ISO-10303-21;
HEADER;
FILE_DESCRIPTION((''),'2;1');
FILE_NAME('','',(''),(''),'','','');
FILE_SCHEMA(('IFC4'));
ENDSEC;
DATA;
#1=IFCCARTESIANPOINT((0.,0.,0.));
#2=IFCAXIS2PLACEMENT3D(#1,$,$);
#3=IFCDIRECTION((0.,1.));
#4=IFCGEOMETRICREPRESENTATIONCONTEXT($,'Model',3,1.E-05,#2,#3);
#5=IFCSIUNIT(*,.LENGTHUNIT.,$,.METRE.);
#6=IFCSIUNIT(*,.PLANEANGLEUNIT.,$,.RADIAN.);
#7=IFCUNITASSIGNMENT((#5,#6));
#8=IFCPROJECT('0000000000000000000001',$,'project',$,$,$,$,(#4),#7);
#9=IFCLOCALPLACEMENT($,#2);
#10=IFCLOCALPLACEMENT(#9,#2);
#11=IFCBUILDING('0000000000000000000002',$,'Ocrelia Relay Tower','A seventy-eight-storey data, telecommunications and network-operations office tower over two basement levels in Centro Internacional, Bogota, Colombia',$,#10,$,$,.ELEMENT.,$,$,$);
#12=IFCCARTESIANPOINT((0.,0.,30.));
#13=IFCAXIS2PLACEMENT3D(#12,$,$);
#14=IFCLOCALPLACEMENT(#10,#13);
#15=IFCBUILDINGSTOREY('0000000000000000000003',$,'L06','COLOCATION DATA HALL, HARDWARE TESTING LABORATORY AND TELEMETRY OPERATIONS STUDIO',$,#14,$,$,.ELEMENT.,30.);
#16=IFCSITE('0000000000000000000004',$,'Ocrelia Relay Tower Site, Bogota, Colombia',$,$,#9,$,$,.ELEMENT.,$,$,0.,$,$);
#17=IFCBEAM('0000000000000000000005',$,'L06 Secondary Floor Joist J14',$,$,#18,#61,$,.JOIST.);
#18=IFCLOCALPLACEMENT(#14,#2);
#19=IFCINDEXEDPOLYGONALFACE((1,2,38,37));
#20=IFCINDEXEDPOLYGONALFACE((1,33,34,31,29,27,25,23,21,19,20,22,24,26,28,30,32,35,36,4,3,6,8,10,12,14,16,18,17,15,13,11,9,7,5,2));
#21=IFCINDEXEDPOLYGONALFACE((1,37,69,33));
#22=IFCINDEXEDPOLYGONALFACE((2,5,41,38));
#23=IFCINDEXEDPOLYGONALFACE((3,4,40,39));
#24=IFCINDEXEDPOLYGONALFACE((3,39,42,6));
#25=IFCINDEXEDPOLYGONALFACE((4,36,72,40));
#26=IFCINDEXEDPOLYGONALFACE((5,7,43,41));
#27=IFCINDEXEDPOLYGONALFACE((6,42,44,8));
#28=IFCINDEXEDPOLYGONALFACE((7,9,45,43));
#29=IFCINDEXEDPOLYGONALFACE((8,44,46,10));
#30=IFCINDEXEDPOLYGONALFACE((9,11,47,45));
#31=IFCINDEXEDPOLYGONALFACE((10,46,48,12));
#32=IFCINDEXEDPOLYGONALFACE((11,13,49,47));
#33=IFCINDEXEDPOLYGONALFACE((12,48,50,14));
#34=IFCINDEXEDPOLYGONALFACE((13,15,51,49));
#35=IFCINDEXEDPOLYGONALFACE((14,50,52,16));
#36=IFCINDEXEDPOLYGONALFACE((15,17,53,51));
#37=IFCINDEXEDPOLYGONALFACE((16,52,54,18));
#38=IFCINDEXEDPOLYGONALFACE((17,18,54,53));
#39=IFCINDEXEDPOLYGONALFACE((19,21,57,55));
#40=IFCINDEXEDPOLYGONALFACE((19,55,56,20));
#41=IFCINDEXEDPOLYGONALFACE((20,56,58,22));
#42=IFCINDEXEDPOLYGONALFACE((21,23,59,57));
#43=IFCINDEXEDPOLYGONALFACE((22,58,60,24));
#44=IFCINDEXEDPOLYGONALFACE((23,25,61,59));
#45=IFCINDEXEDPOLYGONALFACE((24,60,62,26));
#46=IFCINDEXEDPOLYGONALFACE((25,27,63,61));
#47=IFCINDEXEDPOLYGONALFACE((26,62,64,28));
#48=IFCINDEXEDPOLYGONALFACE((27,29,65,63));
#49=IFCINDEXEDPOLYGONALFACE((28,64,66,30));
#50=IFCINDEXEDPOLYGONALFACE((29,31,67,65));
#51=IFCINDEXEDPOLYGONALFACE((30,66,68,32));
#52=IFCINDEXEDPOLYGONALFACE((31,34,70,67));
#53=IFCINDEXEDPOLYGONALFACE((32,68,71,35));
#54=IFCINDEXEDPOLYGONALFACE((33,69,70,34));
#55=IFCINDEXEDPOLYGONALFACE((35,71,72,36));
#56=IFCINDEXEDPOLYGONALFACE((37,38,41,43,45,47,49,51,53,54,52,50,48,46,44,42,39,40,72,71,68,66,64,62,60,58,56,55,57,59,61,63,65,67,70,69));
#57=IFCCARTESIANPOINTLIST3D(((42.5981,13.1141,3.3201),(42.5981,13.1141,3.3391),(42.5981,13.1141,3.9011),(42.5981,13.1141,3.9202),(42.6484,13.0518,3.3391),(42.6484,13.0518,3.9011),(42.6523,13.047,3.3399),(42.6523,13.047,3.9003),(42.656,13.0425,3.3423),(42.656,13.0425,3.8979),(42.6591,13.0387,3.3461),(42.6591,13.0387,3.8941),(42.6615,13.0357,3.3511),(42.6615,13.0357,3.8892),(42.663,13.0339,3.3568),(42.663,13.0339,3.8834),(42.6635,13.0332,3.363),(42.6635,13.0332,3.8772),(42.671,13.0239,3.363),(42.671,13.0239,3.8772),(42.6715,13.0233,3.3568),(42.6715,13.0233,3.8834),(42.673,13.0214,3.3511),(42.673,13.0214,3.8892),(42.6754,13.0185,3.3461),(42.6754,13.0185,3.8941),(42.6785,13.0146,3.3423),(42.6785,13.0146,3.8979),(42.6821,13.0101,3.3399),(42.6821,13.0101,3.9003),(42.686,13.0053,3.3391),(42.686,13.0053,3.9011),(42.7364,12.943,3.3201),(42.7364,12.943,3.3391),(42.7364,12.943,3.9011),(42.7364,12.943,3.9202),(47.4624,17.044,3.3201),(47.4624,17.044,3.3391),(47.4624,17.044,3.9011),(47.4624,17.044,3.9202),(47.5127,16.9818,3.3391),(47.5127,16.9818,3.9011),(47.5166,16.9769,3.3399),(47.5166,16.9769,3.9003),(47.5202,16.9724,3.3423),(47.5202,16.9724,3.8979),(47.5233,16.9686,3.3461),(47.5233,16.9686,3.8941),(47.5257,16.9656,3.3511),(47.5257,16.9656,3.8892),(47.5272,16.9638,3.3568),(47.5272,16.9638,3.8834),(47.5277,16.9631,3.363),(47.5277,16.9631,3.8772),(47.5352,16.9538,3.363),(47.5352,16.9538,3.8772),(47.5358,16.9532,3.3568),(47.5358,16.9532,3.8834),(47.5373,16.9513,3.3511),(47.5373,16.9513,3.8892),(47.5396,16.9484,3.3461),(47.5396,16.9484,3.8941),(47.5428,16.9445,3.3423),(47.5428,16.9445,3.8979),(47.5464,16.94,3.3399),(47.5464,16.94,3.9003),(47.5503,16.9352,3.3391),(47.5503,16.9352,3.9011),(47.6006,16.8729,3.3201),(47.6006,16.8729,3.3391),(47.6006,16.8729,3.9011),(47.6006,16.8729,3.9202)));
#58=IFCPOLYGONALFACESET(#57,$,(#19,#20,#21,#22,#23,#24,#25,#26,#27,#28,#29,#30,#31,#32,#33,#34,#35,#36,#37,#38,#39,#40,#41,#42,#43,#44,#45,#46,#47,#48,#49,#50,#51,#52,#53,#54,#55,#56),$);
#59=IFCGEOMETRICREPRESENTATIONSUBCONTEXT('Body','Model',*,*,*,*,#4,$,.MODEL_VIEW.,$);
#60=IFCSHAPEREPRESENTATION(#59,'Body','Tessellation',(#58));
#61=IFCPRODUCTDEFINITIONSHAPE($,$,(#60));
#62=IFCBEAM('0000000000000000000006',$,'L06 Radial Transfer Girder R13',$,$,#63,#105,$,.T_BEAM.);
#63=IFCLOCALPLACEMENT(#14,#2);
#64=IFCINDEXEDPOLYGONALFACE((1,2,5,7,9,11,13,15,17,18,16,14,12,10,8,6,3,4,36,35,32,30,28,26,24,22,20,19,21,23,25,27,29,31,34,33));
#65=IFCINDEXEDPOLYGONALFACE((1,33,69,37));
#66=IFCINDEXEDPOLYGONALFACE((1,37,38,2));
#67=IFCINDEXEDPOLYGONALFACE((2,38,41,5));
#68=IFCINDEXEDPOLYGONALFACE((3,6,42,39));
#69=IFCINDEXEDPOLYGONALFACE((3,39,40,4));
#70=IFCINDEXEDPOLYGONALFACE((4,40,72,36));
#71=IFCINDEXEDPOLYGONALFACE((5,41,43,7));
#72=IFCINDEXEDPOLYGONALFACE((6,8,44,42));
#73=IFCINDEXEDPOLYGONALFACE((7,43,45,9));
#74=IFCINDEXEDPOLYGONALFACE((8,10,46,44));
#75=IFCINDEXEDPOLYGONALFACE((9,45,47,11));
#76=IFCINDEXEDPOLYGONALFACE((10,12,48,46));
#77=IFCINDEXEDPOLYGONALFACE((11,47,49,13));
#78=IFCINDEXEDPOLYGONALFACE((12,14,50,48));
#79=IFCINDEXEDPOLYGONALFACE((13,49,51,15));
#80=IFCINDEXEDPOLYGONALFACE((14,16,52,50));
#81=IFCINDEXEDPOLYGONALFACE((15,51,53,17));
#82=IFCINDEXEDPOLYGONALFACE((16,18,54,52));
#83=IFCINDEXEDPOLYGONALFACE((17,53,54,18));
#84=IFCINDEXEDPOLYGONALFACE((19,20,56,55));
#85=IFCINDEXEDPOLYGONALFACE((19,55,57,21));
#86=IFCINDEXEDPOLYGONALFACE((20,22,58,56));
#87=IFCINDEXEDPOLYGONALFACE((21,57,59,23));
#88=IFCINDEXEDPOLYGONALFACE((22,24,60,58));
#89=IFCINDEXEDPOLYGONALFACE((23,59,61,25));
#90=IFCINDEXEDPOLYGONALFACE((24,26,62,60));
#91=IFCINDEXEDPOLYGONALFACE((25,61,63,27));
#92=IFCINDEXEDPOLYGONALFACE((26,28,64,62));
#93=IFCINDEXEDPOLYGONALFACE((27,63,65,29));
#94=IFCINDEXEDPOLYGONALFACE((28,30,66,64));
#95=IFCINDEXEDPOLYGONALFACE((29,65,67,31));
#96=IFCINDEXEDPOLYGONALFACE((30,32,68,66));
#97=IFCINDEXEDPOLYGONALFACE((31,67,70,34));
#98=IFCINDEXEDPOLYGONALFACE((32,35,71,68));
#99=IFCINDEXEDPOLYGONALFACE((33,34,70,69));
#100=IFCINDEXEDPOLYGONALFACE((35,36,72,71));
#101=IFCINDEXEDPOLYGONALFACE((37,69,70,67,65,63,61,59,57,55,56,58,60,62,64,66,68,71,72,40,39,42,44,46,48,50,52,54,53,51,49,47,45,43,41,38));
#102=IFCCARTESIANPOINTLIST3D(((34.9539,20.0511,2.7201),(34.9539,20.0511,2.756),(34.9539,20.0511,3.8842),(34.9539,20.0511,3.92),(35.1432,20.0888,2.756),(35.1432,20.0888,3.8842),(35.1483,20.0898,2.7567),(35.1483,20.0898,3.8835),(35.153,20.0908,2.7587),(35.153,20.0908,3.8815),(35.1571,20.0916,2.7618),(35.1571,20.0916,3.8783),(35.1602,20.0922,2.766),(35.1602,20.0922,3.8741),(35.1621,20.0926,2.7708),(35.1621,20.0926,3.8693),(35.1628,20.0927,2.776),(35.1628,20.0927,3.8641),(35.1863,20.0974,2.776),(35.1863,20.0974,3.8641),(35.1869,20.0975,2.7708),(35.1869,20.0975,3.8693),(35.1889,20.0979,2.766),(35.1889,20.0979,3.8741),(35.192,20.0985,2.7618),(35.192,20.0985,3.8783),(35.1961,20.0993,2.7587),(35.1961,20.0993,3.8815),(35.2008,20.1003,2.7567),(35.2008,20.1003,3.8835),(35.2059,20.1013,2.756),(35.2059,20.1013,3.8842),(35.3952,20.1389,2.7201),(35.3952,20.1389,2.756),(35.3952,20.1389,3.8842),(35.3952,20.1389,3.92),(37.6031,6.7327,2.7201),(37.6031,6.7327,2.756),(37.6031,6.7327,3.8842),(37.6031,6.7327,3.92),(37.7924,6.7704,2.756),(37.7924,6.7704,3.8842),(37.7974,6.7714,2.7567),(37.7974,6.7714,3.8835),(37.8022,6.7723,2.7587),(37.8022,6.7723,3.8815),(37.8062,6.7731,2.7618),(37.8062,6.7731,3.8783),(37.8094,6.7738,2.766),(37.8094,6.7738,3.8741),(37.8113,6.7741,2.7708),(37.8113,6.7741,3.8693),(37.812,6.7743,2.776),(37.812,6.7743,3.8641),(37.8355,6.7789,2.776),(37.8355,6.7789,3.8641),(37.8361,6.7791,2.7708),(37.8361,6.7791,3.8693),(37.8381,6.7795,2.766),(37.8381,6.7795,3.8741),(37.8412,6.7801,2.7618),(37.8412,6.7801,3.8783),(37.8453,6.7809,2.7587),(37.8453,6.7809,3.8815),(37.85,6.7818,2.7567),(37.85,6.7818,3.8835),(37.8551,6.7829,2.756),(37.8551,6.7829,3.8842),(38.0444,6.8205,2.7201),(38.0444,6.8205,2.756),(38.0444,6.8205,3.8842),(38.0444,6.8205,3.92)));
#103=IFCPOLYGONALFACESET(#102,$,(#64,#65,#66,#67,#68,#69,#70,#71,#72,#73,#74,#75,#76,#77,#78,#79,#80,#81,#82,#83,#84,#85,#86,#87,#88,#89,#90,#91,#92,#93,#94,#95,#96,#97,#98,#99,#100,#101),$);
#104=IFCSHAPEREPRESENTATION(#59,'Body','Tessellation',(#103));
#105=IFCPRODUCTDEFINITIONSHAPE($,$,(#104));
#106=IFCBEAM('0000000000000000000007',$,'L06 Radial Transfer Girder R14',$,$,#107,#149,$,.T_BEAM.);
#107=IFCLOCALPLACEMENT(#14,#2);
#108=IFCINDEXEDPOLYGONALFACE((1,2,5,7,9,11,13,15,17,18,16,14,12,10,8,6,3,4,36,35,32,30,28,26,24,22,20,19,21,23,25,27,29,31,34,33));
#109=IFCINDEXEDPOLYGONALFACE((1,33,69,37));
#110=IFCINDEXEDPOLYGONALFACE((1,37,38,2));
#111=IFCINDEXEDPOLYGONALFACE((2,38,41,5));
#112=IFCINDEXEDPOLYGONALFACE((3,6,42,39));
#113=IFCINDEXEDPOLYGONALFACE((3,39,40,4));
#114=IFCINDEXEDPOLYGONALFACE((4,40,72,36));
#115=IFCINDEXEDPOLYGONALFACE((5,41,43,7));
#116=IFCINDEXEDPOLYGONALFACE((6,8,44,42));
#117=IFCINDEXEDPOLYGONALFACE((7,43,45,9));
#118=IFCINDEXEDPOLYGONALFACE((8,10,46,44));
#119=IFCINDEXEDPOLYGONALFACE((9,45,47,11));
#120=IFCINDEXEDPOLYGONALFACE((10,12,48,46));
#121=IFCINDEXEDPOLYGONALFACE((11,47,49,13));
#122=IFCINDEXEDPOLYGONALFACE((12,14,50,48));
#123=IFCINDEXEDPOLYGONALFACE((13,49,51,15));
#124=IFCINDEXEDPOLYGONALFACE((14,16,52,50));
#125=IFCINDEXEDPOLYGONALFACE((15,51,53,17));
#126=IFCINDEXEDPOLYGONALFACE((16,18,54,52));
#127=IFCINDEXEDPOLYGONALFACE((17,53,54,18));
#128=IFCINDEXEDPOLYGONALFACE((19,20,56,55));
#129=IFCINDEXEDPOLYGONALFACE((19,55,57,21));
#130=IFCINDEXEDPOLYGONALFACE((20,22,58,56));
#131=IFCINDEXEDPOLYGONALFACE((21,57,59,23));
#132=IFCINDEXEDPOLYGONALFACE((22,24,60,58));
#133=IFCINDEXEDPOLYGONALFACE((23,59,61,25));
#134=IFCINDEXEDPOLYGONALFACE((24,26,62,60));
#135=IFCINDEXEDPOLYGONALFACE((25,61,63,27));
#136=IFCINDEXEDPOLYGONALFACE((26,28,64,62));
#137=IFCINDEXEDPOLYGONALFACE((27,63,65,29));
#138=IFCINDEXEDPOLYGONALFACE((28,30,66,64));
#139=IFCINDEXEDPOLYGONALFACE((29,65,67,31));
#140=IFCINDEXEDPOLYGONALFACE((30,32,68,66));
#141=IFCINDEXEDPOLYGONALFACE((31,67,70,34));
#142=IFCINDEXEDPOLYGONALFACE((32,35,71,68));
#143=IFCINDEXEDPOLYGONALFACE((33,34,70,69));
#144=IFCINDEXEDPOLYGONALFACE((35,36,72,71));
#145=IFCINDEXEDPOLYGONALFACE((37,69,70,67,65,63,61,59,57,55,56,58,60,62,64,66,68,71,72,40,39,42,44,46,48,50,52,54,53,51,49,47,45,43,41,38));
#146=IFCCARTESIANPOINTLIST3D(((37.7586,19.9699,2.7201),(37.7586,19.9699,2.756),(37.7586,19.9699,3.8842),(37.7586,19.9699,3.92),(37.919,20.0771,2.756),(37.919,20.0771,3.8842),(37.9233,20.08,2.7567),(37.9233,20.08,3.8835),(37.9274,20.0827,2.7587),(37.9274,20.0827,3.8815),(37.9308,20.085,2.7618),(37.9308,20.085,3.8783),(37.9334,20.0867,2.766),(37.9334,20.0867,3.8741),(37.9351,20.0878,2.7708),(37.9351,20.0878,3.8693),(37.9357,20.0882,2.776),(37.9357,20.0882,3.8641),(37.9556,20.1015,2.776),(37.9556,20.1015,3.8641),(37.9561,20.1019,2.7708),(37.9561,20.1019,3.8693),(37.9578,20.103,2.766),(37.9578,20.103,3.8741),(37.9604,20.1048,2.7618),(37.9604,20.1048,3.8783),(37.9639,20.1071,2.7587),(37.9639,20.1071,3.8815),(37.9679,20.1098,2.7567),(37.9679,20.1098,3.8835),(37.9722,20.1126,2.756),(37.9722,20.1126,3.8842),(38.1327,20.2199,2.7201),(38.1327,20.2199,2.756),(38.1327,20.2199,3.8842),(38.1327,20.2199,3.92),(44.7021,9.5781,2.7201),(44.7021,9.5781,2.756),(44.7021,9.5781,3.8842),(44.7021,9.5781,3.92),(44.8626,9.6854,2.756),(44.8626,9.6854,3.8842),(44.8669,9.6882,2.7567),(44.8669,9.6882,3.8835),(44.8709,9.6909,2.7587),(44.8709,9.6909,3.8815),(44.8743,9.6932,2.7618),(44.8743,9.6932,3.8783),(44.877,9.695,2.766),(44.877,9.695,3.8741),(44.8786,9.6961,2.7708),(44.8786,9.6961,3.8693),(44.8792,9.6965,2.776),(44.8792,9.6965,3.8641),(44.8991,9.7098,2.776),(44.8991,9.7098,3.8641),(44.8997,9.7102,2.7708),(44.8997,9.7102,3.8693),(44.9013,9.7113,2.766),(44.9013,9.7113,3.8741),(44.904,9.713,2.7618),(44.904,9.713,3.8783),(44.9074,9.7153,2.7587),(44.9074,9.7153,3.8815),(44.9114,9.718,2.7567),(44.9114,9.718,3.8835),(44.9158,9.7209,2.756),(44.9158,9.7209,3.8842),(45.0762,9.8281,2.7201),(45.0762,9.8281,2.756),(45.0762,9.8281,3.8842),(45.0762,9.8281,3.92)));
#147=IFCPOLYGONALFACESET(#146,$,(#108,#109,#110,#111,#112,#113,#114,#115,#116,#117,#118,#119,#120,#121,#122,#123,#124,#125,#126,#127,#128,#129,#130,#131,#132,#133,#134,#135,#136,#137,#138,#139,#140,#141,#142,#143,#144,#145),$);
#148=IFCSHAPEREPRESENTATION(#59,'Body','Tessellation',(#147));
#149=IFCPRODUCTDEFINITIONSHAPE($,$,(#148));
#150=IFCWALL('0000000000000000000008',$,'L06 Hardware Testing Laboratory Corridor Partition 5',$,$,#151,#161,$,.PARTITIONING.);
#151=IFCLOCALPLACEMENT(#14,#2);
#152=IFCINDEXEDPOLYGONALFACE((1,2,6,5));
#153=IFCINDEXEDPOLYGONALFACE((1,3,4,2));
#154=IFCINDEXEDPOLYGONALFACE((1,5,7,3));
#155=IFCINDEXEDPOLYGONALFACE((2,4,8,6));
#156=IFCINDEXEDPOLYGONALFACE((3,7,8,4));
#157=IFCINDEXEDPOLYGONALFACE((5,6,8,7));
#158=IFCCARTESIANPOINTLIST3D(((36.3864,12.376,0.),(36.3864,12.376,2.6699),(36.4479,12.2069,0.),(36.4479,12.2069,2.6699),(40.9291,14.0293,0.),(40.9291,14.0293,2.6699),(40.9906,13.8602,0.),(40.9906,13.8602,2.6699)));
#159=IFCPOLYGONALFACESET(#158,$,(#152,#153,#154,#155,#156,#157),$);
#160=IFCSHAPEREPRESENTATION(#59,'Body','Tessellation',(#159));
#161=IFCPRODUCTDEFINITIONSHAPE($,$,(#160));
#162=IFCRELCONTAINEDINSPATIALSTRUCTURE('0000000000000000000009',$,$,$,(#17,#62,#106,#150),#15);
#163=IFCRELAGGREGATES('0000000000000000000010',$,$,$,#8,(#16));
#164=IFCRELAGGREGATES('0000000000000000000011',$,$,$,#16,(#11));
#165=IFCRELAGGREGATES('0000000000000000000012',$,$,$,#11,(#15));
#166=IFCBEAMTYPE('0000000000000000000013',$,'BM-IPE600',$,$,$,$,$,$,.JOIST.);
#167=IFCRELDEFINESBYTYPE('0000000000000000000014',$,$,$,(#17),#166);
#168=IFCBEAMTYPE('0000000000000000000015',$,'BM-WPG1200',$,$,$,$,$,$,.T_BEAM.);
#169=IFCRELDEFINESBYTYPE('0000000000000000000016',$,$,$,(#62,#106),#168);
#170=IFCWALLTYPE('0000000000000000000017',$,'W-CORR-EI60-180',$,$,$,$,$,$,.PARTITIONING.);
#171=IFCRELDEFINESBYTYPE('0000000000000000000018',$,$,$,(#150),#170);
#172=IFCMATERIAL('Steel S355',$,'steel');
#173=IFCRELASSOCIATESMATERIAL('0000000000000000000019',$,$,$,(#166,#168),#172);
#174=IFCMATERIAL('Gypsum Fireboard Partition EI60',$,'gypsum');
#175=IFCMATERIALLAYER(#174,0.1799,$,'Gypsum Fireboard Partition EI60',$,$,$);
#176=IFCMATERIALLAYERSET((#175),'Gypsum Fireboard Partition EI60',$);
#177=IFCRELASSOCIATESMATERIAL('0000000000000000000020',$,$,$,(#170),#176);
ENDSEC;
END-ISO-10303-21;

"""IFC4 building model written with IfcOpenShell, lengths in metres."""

from ifc_helpers import new_model, si_unit, direction, frame, frame_2d, origin, origin_2d, place, context, subcontext, project, spatial, rectangle, i_section, extrude, material, layer, layer_set, material_profile, profile_set, type_object, element, save


model = new_model("IFC4")

# Units and contexts
model_context = context("Model", 3, precision=1e-05, world=origin(), true_north=direction((0.0, 1.0)))
body_context = subcontext(model_context, "Body", "Model", "MODEL_VIEW")
ifc_project = project(units=[si_unit("LENGTHUNIT", "METRE"), si_unit("PLANEANGLEUNIT", "RADIAN")], contexts=[model_context])

# Site, building, storey
site_placement = place(None, origin())
site = spatial("IfcSite", under=ifc_project, at=site_placement, Name="Ocrelia Relay Tower Site, Bogota, Colombia", CompositionType="ELEMENT", RefElevation=0.0)
building_placement = place(site_placement, origin())
building = spatial("IfcBuilding", under=site, at=building_placement, Name="Ocrelia Relay Tower", Description="A seventy-eight-storey data, telecommunications and network-operations office tower over two basement levels in Centro Internacional, Bogota, Colombia", CompositionType="ELEMENT")
storey_placement = place(building_placement, frame((0.0, 0.0, 30.0)))
storey = spatial("IfcBuildingStorey", under=building, at=storey_placement, Name="L06", Description="COLOCATION DATA HALL, HARDWARE TESTING LABORATORY AND TELEMETRY OPERATIONS STUDIO", CompositionType="ELEMENT", Elevation=30.0)

# Beams
ifc_material_1 = material(Name="Steel S355", Category="steel")
ifc_material_profile_1 = material_profile(ifc_material_1, i_section(OverallWidth=0.22, OverallDepth=0.6001, WebThickness=0.012, FlangeThickness=0.019, FilletRadius=0.0239, at=origin_2d()), Name="IPE 600")
ifc_profile_set_1 = profile_set([ifc_material_profile_1], Name="Steel S355")
beam_type_1 = type_object("IfcBeamType", Name="BM-IPE600", PredefinedType="JOIST", material=ifc_profile_set_1)
beam_1_placement = place(storey_placement, frame((42.6672, 13.0286, 3.6201), z_axis=(0.777855, 0.628444, 0.0), x_axis=(-0.628444, 0.777855, 0.0)))
element("IfcBeam", 1, at=beam_1_placement, inside=storey, type_object=beam_type_1, Name="L06 Secondary Floor Joist J14", PredefinedType="JOIST", context=body_context, shape_type="SweptSolid", body=[
    extrude(i_section(OverallWidth=0.22, OverallDepth=0.6001, WebThickness=0.012, FlangeThickness=0.019, FilletRadius=0.0239, at=origin_2d()), origin(), (0.0, 0.0, 1.0), 6.2534),
])
ifc_material_profile_2 = material_profile(ifc_material_1, i_section(OverallWidth=0.45, OverallDepth=1.2, WebThickness=0.0239, FlangeThickness=0.0359, FilletRadius=0.02, at=origin_2d()), Name="WPG 1200x450")
ifc_profile_set_2 = profile_set([ifc_material_profile_2], Name="Steel S355")
beam_type_2 = type_object("IfcBeamType", Name="BM-WPG1200", PredefinedType="T_BEAM", material=ifc_profile_set_2)
beam_2_placement = place(storey_placement, frame((37.8237, 6.7766, 3.3201), z_axis=(-0.195089, 0.980786, 0.0), x_axis=(-0.980786, -0.195089, 0.0)))
element("IfcBeam", 2, at=beam_2_placement, inside=storey, type_object=beam_type_2, Name="L06 Radial Transfer Girder R13", PredefinedType="T_BEAM", context=body_context, shape_type="SweptSolid", body=[
    extrude(i_section(OverallWidth=0.45, OverallDepth=1.2, WebThickness=0.0239, FlangeThickness=0.0359, FilletRadius=0.02, at=origin_2d()), origin(), (0.0, 0.0, 1.0), 13.5793),
])
beam_3_placement = place(storey_placement, frame((44.8892, 9.7031, 3.3201), z_axis=(-0.55557, 0.83147, 0.0), x_axis=(-0.83147, -0.55557, 0.0)))
element("IfcBeam", 3, at=beam_3_placement, inside=storey, type_object=beam_type_2, Name="L06 Radial Transfer Girder R14", PredefinedType="T_BEAM", context=body_context, shape_type="SweptSolid", body=[
    extrude(i_section(OverallWidth=0.45, OverallDepth=1.2, WebThickness=0.0239, FlangeThickness=0.0359, FilletRadius=0.02, at=origin_2d()), origin(), (0.0, 0.0, 1.0), 12.498),
])

# Shared definitions
ifc_material_2 = material(Name="Gypsum Fireboard Partition EI60", Category="gypsum")
ifc_layer_1 = layer(ifc_material_2, 0.1799, Name="Gypsum Fireboard Partition EI60")
ifc_layer_set_1 = layer_set([ifc_layer_1], Name="Gypsum Fireboard Partition EI60")
wall_type_1 = type_object("IfcWallType", Name="W-CORR-EI60-180", PredefinedType="PARTITIONING", material=ifc_layer_set_1)

# Wall
wall_1_placement = place(storey_placement, frame((36.4172, 12.2915, 0.0), z_axis=(0.0, 0.0, 1.0), x_axis=(0.939699, 0.342003, 0.0)))
element("IfcWall", 4, at=wall_1_placement, inside=storey, type_object=wall_type_1, Name="L06 Hardware Testing Laboratory Corridor Partition 5", PredefinedType="PARTITIONING", context=body_context, shape_type="SweptSolid", body=[
    extrude(rectangle(XDim=4.8342, YDim=0.1799, at=frame_2d((2.417, 0.0))), origin(), (0.0, 0.0, 1.0), 2.6699),
])

save(model, "model.ifc")
